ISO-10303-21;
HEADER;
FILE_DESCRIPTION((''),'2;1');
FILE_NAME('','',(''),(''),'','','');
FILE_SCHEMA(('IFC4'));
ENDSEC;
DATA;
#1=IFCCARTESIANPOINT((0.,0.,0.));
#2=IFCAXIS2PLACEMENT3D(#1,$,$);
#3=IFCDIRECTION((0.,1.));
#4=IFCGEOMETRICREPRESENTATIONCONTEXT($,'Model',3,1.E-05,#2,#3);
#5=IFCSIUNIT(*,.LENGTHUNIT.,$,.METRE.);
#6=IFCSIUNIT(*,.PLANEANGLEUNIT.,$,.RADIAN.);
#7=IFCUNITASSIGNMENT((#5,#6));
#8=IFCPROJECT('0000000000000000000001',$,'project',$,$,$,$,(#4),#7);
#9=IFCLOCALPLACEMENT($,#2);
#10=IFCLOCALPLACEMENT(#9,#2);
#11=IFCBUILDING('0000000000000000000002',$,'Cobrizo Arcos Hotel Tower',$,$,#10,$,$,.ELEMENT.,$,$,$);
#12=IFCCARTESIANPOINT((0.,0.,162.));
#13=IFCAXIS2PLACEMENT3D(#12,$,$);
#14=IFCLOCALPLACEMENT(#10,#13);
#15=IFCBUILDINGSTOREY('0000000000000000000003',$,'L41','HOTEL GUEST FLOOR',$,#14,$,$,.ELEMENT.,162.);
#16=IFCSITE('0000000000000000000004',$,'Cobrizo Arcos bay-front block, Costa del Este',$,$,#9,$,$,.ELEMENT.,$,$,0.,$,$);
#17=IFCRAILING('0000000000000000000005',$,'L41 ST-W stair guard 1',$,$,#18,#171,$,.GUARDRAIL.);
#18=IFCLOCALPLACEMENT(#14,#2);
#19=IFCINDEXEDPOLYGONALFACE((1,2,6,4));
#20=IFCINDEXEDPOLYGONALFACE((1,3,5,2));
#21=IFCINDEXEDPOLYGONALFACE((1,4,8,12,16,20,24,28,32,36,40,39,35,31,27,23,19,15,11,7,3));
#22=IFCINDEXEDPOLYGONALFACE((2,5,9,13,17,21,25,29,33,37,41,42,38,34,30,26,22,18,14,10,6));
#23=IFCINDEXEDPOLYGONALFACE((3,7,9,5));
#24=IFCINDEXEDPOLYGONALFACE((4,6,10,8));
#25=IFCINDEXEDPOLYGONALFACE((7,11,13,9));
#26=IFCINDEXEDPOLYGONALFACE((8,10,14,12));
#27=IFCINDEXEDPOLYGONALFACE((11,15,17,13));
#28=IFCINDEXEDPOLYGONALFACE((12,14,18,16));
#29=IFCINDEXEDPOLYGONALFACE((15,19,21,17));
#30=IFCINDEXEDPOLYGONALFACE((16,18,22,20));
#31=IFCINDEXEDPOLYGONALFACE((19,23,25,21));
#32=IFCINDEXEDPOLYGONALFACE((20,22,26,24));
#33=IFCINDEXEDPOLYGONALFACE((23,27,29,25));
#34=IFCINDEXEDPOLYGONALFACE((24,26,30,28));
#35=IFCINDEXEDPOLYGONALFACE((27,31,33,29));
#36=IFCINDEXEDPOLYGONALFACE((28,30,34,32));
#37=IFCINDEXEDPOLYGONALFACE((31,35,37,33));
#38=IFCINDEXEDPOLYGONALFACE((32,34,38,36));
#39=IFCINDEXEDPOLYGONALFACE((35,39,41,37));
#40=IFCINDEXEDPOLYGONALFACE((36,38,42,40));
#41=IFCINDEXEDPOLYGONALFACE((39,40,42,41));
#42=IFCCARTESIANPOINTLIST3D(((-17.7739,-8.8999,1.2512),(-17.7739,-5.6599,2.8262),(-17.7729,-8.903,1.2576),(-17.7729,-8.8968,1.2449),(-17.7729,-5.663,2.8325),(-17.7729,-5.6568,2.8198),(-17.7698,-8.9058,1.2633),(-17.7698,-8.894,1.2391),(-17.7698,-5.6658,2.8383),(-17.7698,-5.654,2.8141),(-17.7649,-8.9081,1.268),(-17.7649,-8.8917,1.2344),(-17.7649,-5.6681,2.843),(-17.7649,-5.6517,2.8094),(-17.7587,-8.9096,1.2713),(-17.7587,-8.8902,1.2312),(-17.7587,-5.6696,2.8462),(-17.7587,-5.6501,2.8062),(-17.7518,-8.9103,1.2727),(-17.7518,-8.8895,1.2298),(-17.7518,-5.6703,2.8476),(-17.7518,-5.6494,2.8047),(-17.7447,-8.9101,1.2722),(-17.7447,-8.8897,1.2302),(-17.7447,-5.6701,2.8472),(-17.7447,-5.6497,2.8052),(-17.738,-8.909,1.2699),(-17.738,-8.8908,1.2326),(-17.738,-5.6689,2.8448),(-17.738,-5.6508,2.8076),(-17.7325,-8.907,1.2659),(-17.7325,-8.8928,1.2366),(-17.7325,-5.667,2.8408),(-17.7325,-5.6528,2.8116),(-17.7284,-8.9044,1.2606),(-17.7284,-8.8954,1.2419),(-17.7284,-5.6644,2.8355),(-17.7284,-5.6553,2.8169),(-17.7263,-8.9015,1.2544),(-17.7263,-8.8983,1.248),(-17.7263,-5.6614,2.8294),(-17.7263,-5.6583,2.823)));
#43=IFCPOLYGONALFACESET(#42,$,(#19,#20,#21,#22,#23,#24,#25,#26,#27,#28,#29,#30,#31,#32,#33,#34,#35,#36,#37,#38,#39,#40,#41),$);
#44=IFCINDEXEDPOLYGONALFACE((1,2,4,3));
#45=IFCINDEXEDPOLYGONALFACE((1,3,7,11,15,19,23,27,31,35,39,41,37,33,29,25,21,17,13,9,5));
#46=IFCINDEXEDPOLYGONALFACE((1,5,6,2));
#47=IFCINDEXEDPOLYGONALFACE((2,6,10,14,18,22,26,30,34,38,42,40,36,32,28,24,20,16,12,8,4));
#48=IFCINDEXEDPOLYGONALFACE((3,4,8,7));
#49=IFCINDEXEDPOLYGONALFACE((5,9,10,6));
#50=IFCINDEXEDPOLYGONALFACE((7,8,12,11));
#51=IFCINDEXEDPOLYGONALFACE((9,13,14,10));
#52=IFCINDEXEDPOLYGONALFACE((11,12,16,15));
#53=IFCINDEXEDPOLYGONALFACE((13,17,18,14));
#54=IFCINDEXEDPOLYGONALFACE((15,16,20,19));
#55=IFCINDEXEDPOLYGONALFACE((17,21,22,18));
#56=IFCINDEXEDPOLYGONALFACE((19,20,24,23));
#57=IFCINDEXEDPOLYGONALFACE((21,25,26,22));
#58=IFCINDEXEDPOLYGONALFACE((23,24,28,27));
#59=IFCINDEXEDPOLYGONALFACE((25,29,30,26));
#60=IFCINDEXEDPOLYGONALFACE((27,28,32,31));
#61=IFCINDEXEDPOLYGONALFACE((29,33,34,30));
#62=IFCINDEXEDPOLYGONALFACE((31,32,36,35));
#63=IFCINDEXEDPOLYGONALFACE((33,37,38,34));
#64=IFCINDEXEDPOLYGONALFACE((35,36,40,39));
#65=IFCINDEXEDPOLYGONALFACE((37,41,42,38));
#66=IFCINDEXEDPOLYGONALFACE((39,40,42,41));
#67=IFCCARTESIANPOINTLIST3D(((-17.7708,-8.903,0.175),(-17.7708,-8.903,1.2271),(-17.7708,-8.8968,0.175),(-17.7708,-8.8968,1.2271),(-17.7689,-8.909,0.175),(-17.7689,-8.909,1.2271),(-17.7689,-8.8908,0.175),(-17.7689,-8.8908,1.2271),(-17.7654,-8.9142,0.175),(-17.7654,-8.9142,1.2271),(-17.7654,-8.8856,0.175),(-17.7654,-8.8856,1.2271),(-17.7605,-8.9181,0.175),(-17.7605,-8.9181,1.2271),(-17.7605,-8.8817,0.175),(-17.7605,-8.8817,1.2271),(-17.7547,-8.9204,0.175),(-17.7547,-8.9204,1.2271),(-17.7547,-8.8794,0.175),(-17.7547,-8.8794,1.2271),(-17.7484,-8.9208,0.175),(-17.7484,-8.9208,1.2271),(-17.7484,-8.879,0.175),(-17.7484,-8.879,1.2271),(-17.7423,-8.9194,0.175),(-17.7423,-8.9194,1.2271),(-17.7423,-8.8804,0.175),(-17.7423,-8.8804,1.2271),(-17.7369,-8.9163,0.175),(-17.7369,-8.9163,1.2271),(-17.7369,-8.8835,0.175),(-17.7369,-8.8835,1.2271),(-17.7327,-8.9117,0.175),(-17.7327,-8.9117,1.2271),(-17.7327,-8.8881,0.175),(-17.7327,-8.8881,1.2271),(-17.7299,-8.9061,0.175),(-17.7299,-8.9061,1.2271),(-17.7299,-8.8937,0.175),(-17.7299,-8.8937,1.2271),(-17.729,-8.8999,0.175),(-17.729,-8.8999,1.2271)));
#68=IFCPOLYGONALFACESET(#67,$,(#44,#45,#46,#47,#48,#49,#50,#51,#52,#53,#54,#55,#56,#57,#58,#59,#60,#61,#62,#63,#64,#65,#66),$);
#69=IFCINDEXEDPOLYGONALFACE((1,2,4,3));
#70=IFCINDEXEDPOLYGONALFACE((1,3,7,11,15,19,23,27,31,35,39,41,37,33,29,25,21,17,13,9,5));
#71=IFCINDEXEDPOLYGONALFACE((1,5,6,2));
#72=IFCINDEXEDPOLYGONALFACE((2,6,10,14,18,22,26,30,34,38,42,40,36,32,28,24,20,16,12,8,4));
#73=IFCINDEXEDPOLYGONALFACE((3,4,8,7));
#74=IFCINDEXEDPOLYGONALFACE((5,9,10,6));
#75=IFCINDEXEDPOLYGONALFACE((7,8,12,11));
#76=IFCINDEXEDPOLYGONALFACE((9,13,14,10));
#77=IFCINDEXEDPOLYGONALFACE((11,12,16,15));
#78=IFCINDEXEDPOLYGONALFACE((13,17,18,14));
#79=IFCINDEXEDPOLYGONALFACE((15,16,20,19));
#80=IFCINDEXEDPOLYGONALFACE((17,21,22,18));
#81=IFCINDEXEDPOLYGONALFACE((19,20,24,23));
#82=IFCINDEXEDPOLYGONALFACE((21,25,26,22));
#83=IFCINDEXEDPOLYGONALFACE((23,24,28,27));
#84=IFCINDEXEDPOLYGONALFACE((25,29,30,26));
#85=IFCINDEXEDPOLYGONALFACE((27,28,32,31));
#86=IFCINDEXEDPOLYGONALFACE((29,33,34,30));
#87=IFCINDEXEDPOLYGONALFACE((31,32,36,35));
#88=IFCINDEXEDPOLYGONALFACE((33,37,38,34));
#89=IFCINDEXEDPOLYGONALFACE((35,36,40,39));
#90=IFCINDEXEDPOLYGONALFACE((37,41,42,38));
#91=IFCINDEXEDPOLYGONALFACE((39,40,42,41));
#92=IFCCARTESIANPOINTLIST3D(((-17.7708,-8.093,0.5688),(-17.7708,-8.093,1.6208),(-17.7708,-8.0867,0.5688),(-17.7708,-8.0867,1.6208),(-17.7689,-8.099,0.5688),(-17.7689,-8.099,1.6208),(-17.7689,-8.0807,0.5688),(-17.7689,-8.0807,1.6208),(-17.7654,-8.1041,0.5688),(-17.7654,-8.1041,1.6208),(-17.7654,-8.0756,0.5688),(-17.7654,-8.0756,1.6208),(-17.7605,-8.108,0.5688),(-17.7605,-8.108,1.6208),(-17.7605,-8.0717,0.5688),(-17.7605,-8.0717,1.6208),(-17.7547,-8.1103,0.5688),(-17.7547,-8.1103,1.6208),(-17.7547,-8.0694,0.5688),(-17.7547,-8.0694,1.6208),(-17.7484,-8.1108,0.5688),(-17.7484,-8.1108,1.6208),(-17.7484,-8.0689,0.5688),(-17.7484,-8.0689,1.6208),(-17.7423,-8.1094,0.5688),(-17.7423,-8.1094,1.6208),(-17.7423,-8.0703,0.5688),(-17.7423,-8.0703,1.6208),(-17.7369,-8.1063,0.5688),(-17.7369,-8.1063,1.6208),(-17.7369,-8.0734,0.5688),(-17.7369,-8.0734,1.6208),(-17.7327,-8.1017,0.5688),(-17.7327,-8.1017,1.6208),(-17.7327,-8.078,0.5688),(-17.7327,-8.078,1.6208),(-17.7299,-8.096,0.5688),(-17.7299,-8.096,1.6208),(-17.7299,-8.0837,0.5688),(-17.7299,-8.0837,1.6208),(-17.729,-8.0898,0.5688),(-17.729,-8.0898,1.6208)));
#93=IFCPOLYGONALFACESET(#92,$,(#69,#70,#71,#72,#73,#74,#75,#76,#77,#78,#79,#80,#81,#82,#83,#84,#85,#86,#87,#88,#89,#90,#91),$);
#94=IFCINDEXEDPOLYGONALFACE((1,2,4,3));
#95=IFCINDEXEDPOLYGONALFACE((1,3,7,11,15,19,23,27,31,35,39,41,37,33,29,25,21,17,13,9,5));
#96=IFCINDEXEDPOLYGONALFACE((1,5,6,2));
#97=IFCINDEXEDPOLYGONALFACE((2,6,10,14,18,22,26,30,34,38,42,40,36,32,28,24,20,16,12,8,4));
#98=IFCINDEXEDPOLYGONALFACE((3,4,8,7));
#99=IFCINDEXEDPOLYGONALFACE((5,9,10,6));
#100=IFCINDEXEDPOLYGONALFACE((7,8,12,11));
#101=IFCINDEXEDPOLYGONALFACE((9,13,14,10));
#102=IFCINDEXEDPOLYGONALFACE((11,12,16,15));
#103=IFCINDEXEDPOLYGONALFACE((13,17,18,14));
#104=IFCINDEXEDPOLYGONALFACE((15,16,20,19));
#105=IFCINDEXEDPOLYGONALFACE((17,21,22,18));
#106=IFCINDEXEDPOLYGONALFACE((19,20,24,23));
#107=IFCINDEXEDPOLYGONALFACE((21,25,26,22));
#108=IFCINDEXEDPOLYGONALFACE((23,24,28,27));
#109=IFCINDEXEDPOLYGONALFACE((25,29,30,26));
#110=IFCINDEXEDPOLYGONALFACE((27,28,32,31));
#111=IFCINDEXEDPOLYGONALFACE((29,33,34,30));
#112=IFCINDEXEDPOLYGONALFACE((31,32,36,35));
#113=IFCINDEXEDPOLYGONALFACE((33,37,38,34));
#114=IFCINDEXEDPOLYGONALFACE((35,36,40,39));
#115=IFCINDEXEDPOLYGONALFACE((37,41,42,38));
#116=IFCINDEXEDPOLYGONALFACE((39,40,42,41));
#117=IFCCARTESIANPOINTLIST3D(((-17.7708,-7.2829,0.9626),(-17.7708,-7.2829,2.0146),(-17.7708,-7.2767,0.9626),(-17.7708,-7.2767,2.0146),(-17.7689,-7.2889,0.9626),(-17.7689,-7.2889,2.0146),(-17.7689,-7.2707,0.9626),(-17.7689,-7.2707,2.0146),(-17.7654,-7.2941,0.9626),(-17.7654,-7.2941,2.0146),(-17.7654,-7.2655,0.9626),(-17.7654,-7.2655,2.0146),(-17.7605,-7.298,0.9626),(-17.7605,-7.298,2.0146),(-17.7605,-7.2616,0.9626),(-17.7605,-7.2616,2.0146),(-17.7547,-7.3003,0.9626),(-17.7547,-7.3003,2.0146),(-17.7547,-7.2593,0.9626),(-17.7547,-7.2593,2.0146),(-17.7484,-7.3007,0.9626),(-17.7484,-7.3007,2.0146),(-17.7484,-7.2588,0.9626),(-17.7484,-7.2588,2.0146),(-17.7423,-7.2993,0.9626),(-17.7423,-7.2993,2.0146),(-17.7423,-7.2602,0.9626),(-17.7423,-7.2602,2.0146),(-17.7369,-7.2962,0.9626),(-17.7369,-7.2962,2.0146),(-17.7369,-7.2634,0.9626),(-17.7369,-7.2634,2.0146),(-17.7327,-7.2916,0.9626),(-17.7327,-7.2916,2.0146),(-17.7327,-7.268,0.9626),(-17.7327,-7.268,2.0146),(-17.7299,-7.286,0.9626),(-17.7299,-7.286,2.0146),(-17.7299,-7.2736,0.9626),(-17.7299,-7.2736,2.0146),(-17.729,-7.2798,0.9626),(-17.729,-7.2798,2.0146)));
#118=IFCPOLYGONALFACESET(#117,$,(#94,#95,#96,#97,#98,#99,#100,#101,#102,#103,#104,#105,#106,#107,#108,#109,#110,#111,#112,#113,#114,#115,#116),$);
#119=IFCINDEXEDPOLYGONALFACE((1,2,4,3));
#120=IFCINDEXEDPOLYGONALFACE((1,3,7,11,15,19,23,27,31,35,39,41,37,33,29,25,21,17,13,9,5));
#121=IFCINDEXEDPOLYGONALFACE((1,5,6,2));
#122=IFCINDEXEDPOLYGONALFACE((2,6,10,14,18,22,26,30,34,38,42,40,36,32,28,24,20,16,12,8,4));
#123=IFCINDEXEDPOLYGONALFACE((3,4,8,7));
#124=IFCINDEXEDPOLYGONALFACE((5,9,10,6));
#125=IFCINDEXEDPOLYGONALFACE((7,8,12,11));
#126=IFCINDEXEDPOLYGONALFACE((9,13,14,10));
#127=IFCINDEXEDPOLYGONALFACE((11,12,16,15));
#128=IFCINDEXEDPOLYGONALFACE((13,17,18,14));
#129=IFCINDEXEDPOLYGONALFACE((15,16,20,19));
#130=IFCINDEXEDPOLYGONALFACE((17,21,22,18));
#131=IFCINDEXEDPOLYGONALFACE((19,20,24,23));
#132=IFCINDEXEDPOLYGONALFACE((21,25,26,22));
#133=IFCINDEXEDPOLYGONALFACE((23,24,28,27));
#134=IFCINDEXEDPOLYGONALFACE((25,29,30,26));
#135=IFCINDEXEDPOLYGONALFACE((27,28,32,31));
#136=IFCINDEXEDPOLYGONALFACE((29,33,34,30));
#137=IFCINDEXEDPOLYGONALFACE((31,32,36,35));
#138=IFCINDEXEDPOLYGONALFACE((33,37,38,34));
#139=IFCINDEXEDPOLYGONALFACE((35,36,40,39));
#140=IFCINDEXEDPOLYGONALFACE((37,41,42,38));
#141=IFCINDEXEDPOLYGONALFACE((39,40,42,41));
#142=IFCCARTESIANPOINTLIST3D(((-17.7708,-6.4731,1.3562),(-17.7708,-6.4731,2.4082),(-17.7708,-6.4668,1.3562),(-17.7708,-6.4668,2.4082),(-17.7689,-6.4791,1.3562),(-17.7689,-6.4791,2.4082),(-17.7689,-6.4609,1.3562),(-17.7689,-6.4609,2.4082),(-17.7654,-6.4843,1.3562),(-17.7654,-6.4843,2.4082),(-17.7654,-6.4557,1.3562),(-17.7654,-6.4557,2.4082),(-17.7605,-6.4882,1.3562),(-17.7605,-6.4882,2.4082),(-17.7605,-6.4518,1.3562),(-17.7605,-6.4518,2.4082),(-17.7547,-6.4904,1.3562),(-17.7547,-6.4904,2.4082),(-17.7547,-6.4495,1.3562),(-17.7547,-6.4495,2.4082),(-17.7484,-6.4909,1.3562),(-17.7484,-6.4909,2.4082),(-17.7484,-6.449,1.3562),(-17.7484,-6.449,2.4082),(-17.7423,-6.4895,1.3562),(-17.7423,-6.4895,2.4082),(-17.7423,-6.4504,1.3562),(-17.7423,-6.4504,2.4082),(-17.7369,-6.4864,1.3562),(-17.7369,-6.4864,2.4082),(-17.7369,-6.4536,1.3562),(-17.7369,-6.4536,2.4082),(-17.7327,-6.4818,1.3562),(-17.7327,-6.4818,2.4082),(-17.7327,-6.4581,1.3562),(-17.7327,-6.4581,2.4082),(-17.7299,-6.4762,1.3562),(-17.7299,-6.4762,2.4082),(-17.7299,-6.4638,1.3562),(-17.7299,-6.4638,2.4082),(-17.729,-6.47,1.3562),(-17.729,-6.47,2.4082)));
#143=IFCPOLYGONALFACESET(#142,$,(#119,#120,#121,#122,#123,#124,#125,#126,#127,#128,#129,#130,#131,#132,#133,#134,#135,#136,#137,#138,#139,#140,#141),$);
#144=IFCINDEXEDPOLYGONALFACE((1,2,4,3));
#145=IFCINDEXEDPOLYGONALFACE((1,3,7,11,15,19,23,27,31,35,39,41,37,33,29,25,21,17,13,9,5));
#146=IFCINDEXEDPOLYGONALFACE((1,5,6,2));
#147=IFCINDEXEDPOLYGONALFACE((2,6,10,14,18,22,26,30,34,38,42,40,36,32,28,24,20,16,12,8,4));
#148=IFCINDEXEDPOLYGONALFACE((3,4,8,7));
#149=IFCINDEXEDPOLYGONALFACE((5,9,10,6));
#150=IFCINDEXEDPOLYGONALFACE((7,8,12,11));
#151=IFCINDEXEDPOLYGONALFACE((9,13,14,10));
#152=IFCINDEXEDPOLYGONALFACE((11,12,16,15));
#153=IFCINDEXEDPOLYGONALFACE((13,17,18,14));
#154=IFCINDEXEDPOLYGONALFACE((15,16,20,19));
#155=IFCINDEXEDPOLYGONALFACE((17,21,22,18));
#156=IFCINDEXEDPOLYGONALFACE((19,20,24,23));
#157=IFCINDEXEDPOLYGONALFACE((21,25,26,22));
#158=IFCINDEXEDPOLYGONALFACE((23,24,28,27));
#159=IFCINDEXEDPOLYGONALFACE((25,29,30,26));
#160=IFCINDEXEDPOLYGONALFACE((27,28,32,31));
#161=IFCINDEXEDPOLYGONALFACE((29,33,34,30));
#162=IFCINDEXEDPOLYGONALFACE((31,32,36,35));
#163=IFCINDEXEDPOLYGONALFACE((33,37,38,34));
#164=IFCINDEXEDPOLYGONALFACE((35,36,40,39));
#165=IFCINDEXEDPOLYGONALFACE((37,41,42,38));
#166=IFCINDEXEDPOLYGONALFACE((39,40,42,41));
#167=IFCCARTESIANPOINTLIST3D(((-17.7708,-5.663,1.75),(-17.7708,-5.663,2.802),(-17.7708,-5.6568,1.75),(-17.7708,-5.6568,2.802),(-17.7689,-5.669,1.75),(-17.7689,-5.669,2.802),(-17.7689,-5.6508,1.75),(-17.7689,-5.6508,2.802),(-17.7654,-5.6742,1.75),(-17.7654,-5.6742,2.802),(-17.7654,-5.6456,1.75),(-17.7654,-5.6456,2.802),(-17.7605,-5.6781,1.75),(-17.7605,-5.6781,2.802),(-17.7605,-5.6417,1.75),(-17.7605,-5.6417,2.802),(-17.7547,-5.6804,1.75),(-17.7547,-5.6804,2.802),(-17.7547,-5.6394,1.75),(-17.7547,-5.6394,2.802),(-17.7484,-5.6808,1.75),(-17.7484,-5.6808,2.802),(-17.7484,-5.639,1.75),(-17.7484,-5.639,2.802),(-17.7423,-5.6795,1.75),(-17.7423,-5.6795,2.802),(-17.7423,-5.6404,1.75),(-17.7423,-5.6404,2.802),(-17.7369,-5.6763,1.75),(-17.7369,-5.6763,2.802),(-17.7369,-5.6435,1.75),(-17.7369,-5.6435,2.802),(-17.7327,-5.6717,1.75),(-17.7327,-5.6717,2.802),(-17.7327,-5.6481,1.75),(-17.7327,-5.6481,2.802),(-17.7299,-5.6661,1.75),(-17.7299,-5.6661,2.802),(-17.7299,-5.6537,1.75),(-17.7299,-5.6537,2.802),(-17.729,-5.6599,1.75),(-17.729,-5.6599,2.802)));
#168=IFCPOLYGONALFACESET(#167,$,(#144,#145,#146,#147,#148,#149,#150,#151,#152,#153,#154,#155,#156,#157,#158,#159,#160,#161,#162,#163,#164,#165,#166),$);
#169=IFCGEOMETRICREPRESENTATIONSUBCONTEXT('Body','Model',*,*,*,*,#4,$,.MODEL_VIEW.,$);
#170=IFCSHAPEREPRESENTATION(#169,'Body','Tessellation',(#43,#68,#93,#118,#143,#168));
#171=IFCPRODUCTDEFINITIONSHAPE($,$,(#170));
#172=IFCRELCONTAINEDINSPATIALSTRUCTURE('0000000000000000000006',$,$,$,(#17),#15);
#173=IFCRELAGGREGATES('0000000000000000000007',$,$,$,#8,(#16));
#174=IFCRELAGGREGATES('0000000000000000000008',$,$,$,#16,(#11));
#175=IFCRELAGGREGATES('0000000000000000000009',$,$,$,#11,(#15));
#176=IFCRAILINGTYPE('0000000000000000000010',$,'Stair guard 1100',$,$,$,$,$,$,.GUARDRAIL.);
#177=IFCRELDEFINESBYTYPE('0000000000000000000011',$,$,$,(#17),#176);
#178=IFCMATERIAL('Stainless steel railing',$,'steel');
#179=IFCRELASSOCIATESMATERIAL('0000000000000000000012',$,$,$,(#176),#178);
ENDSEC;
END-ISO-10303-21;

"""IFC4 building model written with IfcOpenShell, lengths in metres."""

from ifc_helpers import new_model, si_unit, direction, frame, origin, origin_2d, place, context, subcontext, project, spatial, circle, extrude, material, type_object, element, save


model = new_model("IFC4")

# Units and contexts
model_context = context("Model", 3, precision=1e-05, world=origin(), true_north=direction((0.0, 1.0)))
body_context = subcontext(model_context, "Body", "Model", "MODEL_VIEW")
ifc_project = project(units=[si_unit("LENGTHUNIT", "METRE"), si_unit("PLANEANGLEUNIT", "RADIAN")], contexts=[model_context])

# Site, building, storey
site_placement = place(None, origin())
site = spatial("IfcSite", under=ifc_project, at=site_placement, Name="Cobrizo Arcos bay-front block, Costa del Este", CompositionType="ELEMENT", RefElevation=0.0)
building_placement = place(site_placement, origin())
building = spatial("IfcBuilding", under=site, at=building_placement, Name="Cobrizo Arcos Hotel Tower", CompositionType="ELEMENT")
storey_placement = place(building_placement, frame((0.0, 0.0, 162.0)))
storey = spatial("IfcBuildingStorey", under=building, at=storey_placement, Name="L41", Description="HOTEL GUEST FLOOR", CompositionType="ELEMENT", Elevation=162.0)

# Railing
ifc_material_1 = material(Name="Stainless steel railing", Category="steel")
railing_type_1 = type_object("IfcRailingType", Name="Stair guard 1100", PredefinedType="GUARDRAIL", material=ifc_material_1)
railing_1_placement = place(storey_placement, frame((-17.75, -8.8999, 0.175)))
element("IfcRailing", 1, at=railing_1_placement, inside=storey, type_object=railing_type_1, Name="L41 ST-W stair guard 1", PredefinedType="GUARDRAIL", context=body_context, shape_type="SweptSolid", body=[
    extrude(circle(Radius=0.0239, at=origin_2d()), frame((0.0, 0.0, 1.0762), z_axis=(0.0, 0.899373, 0.437183), x_axis=(-1.0, 0.0, 0.0)), (0.0, 0.0, 1.0), 3.6025),
    extrude(circle(Radius=0.021, at=origin_2d()), origin(), (0.0, 0.0, 1.0), 1.052),
    extrude(circle(Radius=0.021, at=origin_2d()), frame((0.0, 0.8101, 0.3938)), (0.0, 0.0, 1.0), 1.052),
    extrude(circle(Radius=0.021, at=origin_2d()), frame((0.0, 1.6201, 0.7876)), (0.0, 0.0, 1.0), 1.052),
    extrude(circle(Radius=0.021, at=origin_2d()), frame((0.0, 2.4299, 1.1812)), (0.0, 0.0, 1.0), 1.052),
    extrude(circle(Radius=0.021, at=origin_2d()), frame((0.0, 3.24, 1.575)), (0.0, 0.0, 1.0), 1.052),
])

save(model, "model.ifc")
